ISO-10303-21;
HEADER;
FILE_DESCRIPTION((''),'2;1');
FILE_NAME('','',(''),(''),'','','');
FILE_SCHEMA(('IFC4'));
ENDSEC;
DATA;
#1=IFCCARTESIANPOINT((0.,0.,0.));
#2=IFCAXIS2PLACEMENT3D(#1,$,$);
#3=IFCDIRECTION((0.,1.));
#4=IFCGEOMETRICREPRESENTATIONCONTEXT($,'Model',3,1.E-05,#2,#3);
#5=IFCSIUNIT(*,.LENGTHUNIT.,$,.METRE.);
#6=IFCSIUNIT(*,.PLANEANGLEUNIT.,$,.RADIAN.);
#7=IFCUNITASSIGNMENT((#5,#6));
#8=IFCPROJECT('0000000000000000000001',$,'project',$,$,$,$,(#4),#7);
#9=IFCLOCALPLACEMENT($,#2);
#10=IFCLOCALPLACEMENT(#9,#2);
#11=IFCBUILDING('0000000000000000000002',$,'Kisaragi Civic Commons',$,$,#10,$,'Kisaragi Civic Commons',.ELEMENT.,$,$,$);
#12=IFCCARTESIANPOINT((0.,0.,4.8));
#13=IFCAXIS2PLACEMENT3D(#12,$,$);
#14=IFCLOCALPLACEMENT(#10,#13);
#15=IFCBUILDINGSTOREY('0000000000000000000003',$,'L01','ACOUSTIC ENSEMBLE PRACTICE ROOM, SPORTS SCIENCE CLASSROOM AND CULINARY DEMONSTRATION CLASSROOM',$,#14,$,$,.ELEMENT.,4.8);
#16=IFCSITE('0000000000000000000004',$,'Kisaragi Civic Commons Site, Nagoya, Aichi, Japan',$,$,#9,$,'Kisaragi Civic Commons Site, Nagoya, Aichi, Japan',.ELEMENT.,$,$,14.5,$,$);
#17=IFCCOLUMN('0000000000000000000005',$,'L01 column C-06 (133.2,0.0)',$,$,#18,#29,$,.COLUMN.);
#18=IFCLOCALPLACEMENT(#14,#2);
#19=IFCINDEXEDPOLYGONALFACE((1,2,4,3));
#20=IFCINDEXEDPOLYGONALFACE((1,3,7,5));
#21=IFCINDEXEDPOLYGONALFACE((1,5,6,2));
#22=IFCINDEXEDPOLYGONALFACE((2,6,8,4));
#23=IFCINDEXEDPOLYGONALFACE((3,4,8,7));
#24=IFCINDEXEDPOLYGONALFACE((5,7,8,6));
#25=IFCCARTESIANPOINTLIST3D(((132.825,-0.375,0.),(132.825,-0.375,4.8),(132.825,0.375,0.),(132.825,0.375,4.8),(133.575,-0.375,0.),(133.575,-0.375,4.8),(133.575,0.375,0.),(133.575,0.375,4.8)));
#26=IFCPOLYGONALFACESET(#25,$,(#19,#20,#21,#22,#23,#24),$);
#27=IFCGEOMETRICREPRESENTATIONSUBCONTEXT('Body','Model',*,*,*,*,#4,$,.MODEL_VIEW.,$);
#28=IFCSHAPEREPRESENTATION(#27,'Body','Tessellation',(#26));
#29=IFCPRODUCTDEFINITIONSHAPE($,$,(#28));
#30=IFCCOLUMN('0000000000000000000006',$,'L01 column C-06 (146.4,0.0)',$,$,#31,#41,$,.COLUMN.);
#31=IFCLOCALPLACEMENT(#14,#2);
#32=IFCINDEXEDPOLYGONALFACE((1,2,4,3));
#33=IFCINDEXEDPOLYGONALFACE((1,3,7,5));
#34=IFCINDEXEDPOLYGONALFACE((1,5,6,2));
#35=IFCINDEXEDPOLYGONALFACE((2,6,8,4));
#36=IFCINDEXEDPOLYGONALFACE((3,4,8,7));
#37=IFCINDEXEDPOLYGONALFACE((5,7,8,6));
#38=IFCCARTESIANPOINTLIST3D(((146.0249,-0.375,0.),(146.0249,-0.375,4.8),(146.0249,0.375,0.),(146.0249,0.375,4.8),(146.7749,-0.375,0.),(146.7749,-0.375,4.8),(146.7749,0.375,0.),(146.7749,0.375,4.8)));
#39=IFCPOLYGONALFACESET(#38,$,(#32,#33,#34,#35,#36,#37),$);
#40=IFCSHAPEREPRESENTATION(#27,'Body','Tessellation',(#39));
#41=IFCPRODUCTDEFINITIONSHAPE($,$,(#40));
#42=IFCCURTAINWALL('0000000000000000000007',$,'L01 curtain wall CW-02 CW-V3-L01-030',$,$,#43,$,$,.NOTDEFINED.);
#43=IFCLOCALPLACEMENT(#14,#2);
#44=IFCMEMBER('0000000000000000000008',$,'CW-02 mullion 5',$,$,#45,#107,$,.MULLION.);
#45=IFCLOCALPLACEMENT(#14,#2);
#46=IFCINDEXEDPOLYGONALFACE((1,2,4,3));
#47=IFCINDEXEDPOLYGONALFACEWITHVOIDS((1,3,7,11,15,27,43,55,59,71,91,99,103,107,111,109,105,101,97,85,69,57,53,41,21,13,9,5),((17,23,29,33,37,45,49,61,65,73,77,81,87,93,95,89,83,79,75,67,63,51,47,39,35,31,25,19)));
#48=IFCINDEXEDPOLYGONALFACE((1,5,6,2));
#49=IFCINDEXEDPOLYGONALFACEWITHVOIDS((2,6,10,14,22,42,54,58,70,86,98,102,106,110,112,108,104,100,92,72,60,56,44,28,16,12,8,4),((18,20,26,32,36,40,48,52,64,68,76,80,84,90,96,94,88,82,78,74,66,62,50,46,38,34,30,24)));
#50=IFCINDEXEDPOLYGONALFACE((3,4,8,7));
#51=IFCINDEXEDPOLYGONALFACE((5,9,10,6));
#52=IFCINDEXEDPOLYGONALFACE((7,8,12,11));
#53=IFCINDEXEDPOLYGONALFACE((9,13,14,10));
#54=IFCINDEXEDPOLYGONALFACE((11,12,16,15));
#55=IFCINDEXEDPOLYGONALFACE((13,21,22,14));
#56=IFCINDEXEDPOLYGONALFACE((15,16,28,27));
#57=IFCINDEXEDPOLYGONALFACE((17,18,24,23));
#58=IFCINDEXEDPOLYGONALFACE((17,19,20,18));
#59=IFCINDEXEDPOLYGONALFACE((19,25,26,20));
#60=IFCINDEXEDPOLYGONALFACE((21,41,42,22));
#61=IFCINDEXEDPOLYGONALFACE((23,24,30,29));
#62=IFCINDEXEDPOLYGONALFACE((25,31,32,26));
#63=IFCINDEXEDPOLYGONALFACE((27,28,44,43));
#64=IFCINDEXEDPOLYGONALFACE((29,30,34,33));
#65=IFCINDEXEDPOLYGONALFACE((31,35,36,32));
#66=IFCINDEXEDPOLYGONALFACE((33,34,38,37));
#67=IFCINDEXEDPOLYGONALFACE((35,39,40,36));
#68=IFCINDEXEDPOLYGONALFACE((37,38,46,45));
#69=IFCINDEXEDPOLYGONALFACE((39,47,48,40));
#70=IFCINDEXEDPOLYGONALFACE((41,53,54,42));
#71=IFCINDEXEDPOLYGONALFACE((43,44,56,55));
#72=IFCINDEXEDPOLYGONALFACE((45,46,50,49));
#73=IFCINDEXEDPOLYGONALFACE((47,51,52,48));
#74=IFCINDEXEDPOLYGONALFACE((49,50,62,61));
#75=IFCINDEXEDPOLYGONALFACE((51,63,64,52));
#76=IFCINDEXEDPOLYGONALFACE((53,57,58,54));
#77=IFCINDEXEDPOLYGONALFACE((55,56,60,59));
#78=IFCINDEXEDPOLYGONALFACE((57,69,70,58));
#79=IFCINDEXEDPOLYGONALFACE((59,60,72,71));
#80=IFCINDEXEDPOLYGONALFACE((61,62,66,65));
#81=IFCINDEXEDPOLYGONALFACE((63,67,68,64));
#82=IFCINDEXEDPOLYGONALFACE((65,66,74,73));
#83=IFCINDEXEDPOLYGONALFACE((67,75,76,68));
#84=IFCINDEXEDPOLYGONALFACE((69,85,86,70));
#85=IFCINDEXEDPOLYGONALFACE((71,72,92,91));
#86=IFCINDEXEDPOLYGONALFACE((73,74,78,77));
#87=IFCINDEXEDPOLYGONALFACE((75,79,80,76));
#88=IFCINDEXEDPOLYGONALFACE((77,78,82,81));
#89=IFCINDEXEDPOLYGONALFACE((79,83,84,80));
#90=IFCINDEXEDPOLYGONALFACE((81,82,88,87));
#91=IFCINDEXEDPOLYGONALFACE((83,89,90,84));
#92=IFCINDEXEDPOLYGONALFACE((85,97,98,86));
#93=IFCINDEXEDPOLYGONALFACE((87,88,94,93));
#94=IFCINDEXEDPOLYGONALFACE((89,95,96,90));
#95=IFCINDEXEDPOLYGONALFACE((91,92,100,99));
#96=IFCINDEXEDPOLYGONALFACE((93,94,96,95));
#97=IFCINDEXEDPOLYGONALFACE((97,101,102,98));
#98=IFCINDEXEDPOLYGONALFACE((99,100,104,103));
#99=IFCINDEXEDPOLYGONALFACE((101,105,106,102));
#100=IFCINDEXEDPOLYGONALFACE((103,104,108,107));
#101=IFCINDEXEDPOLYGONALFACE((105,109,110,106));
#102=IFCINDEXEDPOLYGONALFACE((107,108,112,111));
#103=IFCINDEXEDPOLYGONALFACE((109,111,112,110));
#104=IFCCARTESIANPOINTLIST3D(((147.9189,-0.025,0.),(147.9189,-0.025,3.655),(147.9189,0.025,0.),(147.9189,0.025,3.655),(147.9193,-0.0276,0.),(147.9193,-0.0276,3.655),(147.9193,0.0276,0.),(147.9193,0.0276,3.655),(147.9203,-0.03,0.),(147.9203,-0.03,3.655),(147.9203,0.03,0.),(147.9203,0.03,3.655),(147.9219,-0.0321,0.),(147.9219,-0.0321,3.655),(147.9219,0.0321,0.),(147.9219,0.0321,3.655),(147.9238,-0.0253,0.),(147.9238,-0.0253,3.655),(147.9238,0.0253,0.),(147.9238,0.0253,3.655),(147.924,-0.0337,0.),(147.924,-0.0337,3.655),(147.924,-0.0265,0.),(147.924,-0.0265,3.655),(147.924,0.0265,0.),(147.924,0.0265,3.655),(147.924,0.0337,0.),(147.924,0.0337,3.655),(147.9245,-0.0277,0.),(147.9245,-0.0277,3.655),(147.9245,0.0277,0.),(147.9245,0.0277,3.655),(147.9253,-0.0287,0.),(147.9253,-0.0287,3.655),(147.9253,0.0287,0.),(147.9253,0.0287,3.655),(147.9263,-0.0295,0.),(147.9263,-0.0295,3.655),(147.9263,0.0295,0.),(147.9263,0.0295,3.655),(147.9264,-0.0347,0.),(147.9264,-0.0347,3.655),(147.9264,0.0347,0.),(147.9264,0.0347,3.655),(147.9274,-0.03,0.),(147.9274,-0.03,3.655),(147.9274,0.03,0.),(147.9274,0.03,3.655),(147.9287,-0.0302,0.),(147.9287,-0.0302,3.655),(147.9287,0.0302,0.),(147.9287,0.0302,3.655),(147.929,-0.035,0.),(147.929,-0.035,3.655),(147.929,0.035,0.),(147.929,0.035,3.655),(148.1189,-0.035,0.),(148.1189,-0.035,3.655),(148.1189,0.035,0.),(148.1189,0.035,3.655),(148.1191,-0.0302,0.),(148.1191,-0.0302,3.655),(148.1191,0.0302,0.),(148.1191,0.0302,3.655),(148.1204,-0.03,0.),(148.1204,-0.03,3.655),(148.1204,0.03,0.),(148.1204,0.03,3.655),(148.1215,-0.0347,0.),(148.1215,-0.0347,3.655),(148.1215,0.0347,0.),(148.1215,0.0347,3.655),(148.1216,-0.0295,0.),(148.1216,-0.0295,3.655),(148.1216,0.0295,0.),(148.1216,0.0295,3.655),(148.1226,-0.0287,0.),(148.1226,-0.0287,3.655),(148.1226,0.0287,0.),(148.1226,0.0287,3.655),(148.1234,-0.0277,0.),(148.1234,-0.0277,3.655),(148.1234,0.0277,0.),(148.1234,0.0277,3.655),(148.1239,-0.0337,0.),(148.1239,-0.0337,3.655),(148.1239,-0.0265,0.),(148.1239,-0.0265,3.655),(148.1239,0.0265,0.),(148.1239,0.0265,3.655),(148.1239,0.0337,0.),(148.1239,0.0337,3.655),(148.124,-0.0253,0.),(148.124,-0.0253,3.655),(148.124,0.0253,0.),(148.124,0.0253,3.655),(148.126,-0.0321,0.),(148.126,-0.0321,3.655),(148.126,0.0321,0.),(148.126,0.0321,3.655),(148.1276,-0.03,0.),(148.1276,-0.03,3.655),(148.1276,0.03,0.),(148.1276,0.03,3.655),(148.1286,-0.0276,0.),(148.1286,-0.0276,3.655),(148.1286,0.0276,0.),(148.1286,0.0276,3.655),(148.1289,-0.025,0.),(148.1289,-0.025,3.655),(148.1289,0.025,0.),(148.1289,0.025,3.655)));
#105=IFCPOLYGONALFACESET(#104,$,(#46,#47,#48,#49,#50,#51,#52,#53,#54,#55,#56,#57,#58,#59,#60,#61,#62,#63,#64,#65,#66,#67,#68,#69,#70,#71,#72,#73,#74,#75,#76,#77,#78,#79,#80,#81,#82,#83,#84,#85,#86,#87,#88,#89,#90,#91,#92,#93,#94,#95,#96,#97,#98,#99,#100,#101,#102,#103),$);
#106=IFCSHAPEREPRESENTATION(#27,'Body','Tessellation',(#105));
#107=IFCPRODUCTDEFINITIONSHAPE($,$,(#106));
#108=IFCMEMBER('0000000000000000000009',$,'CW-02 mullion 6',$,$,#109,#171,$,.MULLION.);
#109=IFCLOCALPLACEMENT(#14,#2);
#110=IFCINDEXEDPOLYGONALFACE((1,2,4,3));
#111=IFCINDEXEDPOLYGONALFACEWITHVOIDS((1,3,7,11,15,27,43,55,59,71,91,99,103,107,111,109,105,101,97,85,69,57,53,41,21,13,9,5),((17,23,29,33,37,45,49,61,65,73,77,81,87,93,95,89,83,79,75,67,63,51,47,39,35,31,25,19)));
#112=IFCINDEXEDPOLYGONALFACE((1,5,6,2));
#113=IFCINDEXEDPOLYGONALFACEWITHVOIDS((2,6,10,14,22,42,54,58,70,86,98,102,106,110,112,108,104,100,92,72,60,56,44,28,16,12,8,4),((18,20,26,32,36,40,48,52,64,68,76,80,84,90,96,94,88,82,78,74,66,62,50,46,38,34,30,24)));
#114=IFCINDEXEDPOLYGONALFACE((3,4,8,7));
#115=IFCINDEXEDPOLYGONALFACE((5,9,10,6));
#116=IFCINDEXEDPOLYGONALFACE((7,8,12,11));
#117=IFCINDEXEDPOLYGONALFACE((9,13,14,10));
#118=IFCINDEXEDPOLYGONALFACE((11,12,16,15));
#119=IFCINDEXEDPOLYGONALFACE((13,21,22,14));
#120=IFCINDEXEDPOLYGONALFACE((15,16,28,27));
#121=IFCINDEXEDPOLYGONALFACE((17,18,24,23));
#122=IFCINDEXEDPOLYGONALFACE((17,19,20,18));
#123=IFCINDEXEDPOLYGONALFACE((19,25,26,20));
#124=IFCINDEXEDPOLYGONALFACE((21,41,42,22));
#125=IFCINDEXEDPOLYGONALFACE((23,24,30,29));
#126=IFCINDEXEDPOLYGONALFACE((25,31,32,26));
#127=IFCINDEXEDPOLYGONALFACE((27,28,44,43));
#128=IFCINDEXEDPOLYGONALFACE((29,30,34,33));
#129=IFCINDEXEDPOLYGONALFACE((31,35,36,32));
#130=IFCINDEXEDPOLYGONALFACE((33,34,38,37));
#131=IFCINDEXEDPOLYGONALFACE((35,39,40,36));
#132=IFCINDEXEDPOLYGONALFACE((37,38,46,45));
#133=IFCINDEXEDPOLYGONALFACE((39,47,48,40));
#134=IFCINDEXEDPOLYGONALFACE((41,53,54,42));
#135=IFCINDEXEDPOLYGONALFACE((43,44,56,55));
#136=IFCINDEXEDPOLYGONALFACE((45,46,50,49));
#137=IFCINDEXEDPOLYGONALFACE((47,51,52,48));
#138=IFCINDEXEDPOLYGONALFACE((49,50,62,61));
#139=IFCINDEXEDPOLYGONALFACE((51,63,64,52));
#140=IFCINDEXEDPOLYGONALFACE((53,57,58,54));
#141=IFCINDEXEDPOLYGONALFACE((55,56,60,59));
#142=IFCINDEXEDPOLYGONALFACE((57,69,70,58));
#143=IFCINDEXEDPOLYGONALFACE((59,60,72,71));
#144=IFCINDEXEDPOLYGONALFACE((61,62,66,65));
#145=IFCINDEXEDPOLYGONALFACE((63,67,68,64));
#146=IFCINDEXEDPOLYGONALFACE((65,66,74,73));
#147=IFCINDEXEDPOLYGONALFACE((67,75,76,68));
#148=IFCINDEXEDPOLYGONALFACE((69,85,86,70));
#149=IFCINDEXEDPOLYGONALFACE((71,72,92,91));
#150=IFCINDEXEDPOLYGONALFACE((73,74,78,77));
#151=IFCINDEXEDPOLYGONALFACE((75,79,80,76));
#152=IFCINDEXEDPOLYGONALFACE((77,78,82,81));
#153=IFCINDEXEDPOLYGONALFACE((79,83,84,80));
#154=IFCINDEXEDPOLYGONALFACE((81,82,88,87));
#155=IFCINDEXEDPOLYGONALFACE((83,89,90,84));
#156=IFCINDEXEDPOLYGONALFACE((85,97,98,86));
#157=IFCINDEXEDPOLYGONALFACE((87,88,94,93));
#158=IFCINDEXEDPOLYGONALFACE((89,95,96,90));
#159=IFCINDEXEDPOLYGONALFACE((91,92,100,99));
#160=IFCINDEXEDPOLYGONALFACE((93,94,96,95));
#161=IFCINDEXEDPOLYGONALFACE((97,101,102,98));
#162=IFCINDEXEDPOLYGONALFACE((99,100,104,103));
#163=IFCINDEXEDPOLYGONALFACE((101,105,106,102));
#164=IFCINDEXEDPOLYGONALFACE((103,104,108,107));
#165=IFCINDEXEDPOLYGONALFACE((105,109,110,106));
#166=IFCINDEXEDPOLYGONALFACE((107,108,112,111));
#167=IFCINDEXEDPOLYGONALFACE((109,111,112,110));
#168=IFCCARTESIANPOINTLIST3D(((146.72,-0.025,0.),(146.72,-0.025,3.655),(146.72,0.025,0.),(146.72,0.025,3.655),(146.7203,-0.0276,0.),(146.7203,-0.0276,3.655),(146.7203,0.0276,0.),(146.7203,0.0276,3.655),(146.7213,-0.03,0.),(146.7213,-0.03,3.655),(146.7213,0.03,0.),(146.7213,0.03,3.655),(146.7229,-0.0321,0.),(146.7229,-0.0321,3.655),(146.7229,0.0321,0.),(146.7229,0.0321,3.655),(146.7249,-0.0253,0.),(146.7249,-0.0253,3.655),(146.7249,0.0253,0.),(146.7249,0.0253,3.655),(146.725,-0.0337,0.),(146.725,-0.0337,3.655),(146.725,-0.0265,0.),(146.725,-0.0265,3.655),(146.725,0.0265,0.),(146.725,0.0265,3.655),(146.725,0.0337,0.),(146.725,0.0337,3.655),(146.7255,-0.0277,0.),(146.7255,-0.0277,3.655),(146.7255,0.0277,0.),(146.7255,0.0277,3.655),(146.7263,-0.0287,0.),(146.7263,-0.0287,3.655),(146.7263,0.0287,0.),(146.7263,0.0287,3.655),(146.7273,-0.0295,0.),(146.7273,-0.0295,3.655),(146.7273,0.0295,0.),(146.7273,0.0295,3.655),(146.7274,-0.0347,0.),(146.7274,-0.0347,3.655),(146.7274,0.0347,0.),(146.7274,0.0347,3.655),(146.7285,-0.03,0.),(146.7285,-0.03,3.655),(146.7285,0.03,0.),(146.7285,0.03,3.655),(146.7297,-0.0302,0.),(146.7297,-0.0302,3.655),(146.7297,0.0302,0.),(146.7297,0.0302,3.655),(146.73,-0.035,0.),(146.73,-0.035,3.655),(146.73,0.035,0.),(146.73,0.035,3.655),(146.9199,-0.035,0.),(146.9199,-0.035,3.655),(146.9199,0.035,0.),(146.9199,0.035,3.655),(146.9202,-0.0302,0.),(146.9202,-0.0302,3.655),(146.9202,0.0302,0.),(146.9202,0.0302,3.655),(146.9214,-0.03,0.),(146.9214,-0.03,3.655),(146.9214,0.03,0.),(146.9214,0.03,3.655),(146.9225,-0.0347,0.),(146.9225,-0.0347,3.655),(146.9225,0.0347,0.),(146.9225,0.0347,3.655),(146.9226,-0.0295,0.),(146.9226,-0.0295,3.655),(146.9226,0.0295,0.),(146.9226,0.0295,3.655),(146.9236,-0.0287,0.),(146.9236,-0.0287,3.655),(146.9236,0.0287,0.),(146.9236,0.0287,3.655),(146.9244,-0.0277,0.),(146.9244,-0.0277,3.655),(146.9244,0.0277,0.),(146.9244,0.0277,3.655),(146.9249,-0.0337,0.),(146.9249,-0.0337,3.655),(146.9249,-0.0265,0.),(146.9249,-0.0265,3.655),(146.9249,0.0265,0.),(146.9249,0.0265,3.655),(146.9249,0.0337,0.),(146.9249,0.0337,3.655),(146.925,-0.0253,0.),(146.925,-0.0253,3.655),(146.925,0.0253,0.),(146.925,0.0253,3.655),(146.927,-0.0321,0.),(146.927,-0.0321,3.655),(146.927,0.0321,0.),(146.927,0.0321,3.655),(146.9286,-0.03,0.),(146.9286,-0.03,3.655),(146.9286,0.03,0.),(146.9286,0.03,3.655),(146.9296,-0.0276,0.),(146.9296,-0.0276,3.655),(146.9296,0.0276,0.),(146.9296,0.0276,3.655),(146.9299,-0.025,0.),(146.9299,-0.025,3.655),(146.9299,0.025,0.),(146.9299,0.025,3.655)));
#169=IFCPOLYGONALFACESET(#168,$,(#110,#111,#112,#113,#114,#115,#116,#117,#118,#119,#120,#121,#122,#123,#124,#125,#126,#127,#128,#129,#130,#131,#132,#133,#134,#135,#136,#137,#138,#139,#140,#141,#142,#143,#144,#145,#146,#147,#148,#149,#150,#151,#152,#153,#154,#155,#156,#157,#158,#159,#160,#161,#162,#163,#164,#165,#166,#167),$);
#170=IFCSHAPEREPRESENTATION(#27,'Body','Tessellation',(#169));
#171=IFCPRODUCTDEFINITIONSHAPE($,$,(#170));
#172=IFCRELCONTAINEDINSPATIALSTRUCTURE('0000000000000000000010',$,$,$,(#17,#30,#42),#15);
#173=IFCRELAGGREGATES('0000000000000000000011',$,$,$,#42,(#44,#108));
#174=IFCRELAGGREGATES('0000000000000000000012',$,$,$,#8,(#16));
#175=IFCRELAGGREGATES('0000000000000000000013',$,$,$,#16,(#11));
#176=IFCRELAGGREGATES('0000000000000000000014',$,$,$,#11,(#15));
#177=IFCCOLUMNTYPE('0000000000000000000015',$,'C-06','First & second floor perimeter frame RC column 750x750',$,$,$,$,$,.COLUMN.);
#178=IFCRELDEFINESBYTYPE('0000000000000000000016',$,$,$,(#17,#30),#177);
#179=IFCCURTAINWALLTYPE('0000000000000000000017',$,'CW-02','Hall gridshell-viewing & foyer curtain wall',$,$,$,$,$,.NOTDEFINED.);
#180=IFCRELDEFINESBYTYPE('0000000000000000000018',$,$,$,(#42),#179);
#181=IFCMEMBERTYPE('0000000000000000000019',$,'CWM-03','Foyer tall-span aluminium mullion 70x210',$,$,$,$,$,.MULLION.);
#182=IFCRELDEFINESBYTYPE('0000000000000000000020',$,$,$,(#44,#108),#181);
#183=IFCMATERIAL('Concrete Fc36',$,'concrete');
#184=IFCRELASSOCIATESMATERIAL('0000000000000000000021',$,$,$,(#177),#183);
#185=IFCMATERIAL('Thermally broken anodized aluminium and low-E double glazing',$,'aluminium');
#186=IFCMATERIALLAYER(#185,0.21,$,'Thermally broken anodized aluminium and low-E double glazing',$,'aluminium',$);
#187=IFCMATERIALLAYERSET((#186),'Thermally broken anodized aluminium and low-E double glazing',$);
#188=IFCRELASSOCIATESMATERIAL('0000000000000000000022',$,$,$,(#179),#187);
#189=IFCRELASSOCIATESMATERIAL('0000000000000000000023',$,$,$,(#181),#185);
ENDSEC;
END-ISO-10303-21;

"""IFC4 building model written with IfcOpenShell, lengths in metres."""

from ifc_helpers import new_model, si_unit, direction, frame, origin, origin_2d, place, context, subcontext, project, spatial, rectangle, hollow_rectangle, extrude, material, layer, layer_set, material_profile, profile_set, type_object, element, aggregate, save


model = new_model("IFC4")

# Units and contexts
model_context = context("Model", 3, precision=1e-05, world=origin(), true_north=direction((0.0, 1.0)))
body_context = subcontext(model_context, "Body", "Model", "MODEL_VIEW")
ifc_project = project(units=[si_unit("LENGTHUNIT", "METRE"), si_unit("PLANEANGLEUNIT", "RADIAN")], contexts=[model_context])

# Site, building, storey
site_placement = place(None, origin())
site = spatial("IfcSite", under=ifc_project, at=site_placement, Name="Kisaragi Civic Commons Site, Nagoya, Aichi, Japan", LongName="Kisaragi Civic Commons Site, Nagoya, Aichi, Japan", CompositionType="ELEMENT", RefElevation=14.5)
building_placement = place(site_placement, origin())
building = spatial("IfcBuilding", under=site, at=building_placement, Name="Kisaragi Civic Commons", LongName="Kisaragi Civic Commons", CompositionType="ELEMENT")
storey_placement = place(building_placement, frame((0.0, 0.0, 4.8)))
storey = spatial("IfcBuildingStorey", under=building, at=storey_placement, Name="L01", Description="ACOUSTIC ENSEMBLE PRACTICE ROOM, SPORTS SCIENCE CLASSROOM AND CULINARY DEMONSTRATION CLASSROOM", CompositionType="ELEMENT", Elevation=4.8)

# Columns
ifc_material_1 = material(Name="Concrete Fc36", Category="concrete")
ifc_material_profile_1 = material_profile(ifc_material_1, rectangle(XDim=0.75, YDim=0.75, at=origin_2d()), Name="RC-750x750", Category="concrete")
ifc_profile_set_1 = profile_set([ifc_material_profile_1], Name="Concrete Fc36")
column_type = type_object("IfcColumnType", Name="C-06", Description="First & second floor perimeter frame RC column 750x750", PredefinedType="COLUMN", material=ifc_profile_set_1)
for number, where, z_axis, x_axis, name in (
    (1, (133.2, 0.0, 0.0), (0.0, 0.0, 1.0), (1.0, 0.0, 0.0), "L01 column C-06 (133.2,0.0)"),
    (2, (146.3999, 0.0, 0.0), (0.0, 0.0, 1.0), (1.0, 0.0, 0.0), "L01 column C-06 (146.4,0.0)"),
):
    element("IfcColumn", number, at=place(storey_placement, frame(where, z_axis=z_axis, x_axis=x_axis)), inside=storey, type_object=column_type, Name=name, PredefinedType="COLUMN", context=body_context, shape_type="SweptSolid", body=[
        extrude(rectangle(XDim=0.75, YDim=0.75, at=origin_2d()), origin(), (0.0, 0.0, 1.0), 4.8),
    ])

# Curtain wall, members
ifc_material_2 = material(Name="Thermally broken anodized aluminium and low-E double glazing", Category="aluminium")
ifc_layer_1 = layer(ifc_material_2, 0.21, Name="Thermally broken anodized aluminium and low-E double glazing", Category="aluminium")
ifc_layer_set_1 = layer_set([ifc_layer_1], Name="Thermally broken anodized aluminium and low-E double glazing")
curtain_wall_type = type_object("IfcCurtainWallType", Name="CW-02", Description="Hall gridshell-viewing & foyer curtain wall", PredefinedType="NOTDEFINED", material=ifc_layer_set_1)
curtain_wall_1_placement = place(storey_placement, origin())
curtain_wall_1 = element("IfcCurtainWall", 3, at=curtain_wall_1_placement, inside=storey, type_object=curtain_wall_type, Name="L01 curtain wall CW-02 CW-V3-L01-030", PredefinedType="NOTDEFINED")
ifc_material_profile_2 = material_profile(ifc_material_2, hollow_rectangle(XDim=0.0701, YDim=0.21, WallThickness=0.0049, InnerFilletRadius=0.0049, OuterFilletRadius=0.01, at=origin_2d()), Name="CWM-70x210x5", Category="aluminium")
ifc_profile_set_2 = profile_set([ifc_material_profile_2], Name="Thermally broken anodized aluminium and low-E double glazing")
member_type_1 = type_object("IfcMemberType", Name="CWM-03", Description="Foyer tall-span aluminium mullion 70x210", PredefinedType="MULLION", material=ifc_profile_set_2)
member_1_placement = place(storey_placement, frame((148.0239, 0.0, 0.0), z_axis=(0.0, 0.0, 1.0), x_axis=(0.0, -1.0, 0.0)))
member_1 = element("IfcMember", 4, at=member_1_placement, type_object=member_type_1, Name="CW-02 mullion 5", PredefinedType="MULLION", context=body_context, shape_type="SweptSolid", body=[
    extrude(hollow_rectangle(XDim=0.0701, YDim=0.21, WallThickness=0.0049, InnerFilletRadius=0.0049, OuterFilletRadius=0.01, at=origin_2d()), origin(), (0.0, 0.0, 1.0), 3.655),
])
member_2_placement = place(storey_placement, frame((146.825, 0.0, 0.0), z_axis=(0.0, 0.0, 1.0), x_axis=(0.0, -1.0, 0.0)))
member_2 = element("IfcMember", 5, at=member_2_placement, type_object=member_type_1, Name="CW-02 mullion 6", PredefinedType="MULLION", context=body_context, shape_type="SweptSolid", body=[
    extrude(hollow_rectangle(XDim=0.0701, YDim=0.21, WallThickness=0.0049, InnerFilletRadius=0.0049, OuterFilletRadius=0.01, at=origin_2d()), origin(), (0.0, 0.0, 1.0), 3.655),
])

aggregate(curtain_wall_1, [member_1, member_2])

save(model, "model.ifc")
